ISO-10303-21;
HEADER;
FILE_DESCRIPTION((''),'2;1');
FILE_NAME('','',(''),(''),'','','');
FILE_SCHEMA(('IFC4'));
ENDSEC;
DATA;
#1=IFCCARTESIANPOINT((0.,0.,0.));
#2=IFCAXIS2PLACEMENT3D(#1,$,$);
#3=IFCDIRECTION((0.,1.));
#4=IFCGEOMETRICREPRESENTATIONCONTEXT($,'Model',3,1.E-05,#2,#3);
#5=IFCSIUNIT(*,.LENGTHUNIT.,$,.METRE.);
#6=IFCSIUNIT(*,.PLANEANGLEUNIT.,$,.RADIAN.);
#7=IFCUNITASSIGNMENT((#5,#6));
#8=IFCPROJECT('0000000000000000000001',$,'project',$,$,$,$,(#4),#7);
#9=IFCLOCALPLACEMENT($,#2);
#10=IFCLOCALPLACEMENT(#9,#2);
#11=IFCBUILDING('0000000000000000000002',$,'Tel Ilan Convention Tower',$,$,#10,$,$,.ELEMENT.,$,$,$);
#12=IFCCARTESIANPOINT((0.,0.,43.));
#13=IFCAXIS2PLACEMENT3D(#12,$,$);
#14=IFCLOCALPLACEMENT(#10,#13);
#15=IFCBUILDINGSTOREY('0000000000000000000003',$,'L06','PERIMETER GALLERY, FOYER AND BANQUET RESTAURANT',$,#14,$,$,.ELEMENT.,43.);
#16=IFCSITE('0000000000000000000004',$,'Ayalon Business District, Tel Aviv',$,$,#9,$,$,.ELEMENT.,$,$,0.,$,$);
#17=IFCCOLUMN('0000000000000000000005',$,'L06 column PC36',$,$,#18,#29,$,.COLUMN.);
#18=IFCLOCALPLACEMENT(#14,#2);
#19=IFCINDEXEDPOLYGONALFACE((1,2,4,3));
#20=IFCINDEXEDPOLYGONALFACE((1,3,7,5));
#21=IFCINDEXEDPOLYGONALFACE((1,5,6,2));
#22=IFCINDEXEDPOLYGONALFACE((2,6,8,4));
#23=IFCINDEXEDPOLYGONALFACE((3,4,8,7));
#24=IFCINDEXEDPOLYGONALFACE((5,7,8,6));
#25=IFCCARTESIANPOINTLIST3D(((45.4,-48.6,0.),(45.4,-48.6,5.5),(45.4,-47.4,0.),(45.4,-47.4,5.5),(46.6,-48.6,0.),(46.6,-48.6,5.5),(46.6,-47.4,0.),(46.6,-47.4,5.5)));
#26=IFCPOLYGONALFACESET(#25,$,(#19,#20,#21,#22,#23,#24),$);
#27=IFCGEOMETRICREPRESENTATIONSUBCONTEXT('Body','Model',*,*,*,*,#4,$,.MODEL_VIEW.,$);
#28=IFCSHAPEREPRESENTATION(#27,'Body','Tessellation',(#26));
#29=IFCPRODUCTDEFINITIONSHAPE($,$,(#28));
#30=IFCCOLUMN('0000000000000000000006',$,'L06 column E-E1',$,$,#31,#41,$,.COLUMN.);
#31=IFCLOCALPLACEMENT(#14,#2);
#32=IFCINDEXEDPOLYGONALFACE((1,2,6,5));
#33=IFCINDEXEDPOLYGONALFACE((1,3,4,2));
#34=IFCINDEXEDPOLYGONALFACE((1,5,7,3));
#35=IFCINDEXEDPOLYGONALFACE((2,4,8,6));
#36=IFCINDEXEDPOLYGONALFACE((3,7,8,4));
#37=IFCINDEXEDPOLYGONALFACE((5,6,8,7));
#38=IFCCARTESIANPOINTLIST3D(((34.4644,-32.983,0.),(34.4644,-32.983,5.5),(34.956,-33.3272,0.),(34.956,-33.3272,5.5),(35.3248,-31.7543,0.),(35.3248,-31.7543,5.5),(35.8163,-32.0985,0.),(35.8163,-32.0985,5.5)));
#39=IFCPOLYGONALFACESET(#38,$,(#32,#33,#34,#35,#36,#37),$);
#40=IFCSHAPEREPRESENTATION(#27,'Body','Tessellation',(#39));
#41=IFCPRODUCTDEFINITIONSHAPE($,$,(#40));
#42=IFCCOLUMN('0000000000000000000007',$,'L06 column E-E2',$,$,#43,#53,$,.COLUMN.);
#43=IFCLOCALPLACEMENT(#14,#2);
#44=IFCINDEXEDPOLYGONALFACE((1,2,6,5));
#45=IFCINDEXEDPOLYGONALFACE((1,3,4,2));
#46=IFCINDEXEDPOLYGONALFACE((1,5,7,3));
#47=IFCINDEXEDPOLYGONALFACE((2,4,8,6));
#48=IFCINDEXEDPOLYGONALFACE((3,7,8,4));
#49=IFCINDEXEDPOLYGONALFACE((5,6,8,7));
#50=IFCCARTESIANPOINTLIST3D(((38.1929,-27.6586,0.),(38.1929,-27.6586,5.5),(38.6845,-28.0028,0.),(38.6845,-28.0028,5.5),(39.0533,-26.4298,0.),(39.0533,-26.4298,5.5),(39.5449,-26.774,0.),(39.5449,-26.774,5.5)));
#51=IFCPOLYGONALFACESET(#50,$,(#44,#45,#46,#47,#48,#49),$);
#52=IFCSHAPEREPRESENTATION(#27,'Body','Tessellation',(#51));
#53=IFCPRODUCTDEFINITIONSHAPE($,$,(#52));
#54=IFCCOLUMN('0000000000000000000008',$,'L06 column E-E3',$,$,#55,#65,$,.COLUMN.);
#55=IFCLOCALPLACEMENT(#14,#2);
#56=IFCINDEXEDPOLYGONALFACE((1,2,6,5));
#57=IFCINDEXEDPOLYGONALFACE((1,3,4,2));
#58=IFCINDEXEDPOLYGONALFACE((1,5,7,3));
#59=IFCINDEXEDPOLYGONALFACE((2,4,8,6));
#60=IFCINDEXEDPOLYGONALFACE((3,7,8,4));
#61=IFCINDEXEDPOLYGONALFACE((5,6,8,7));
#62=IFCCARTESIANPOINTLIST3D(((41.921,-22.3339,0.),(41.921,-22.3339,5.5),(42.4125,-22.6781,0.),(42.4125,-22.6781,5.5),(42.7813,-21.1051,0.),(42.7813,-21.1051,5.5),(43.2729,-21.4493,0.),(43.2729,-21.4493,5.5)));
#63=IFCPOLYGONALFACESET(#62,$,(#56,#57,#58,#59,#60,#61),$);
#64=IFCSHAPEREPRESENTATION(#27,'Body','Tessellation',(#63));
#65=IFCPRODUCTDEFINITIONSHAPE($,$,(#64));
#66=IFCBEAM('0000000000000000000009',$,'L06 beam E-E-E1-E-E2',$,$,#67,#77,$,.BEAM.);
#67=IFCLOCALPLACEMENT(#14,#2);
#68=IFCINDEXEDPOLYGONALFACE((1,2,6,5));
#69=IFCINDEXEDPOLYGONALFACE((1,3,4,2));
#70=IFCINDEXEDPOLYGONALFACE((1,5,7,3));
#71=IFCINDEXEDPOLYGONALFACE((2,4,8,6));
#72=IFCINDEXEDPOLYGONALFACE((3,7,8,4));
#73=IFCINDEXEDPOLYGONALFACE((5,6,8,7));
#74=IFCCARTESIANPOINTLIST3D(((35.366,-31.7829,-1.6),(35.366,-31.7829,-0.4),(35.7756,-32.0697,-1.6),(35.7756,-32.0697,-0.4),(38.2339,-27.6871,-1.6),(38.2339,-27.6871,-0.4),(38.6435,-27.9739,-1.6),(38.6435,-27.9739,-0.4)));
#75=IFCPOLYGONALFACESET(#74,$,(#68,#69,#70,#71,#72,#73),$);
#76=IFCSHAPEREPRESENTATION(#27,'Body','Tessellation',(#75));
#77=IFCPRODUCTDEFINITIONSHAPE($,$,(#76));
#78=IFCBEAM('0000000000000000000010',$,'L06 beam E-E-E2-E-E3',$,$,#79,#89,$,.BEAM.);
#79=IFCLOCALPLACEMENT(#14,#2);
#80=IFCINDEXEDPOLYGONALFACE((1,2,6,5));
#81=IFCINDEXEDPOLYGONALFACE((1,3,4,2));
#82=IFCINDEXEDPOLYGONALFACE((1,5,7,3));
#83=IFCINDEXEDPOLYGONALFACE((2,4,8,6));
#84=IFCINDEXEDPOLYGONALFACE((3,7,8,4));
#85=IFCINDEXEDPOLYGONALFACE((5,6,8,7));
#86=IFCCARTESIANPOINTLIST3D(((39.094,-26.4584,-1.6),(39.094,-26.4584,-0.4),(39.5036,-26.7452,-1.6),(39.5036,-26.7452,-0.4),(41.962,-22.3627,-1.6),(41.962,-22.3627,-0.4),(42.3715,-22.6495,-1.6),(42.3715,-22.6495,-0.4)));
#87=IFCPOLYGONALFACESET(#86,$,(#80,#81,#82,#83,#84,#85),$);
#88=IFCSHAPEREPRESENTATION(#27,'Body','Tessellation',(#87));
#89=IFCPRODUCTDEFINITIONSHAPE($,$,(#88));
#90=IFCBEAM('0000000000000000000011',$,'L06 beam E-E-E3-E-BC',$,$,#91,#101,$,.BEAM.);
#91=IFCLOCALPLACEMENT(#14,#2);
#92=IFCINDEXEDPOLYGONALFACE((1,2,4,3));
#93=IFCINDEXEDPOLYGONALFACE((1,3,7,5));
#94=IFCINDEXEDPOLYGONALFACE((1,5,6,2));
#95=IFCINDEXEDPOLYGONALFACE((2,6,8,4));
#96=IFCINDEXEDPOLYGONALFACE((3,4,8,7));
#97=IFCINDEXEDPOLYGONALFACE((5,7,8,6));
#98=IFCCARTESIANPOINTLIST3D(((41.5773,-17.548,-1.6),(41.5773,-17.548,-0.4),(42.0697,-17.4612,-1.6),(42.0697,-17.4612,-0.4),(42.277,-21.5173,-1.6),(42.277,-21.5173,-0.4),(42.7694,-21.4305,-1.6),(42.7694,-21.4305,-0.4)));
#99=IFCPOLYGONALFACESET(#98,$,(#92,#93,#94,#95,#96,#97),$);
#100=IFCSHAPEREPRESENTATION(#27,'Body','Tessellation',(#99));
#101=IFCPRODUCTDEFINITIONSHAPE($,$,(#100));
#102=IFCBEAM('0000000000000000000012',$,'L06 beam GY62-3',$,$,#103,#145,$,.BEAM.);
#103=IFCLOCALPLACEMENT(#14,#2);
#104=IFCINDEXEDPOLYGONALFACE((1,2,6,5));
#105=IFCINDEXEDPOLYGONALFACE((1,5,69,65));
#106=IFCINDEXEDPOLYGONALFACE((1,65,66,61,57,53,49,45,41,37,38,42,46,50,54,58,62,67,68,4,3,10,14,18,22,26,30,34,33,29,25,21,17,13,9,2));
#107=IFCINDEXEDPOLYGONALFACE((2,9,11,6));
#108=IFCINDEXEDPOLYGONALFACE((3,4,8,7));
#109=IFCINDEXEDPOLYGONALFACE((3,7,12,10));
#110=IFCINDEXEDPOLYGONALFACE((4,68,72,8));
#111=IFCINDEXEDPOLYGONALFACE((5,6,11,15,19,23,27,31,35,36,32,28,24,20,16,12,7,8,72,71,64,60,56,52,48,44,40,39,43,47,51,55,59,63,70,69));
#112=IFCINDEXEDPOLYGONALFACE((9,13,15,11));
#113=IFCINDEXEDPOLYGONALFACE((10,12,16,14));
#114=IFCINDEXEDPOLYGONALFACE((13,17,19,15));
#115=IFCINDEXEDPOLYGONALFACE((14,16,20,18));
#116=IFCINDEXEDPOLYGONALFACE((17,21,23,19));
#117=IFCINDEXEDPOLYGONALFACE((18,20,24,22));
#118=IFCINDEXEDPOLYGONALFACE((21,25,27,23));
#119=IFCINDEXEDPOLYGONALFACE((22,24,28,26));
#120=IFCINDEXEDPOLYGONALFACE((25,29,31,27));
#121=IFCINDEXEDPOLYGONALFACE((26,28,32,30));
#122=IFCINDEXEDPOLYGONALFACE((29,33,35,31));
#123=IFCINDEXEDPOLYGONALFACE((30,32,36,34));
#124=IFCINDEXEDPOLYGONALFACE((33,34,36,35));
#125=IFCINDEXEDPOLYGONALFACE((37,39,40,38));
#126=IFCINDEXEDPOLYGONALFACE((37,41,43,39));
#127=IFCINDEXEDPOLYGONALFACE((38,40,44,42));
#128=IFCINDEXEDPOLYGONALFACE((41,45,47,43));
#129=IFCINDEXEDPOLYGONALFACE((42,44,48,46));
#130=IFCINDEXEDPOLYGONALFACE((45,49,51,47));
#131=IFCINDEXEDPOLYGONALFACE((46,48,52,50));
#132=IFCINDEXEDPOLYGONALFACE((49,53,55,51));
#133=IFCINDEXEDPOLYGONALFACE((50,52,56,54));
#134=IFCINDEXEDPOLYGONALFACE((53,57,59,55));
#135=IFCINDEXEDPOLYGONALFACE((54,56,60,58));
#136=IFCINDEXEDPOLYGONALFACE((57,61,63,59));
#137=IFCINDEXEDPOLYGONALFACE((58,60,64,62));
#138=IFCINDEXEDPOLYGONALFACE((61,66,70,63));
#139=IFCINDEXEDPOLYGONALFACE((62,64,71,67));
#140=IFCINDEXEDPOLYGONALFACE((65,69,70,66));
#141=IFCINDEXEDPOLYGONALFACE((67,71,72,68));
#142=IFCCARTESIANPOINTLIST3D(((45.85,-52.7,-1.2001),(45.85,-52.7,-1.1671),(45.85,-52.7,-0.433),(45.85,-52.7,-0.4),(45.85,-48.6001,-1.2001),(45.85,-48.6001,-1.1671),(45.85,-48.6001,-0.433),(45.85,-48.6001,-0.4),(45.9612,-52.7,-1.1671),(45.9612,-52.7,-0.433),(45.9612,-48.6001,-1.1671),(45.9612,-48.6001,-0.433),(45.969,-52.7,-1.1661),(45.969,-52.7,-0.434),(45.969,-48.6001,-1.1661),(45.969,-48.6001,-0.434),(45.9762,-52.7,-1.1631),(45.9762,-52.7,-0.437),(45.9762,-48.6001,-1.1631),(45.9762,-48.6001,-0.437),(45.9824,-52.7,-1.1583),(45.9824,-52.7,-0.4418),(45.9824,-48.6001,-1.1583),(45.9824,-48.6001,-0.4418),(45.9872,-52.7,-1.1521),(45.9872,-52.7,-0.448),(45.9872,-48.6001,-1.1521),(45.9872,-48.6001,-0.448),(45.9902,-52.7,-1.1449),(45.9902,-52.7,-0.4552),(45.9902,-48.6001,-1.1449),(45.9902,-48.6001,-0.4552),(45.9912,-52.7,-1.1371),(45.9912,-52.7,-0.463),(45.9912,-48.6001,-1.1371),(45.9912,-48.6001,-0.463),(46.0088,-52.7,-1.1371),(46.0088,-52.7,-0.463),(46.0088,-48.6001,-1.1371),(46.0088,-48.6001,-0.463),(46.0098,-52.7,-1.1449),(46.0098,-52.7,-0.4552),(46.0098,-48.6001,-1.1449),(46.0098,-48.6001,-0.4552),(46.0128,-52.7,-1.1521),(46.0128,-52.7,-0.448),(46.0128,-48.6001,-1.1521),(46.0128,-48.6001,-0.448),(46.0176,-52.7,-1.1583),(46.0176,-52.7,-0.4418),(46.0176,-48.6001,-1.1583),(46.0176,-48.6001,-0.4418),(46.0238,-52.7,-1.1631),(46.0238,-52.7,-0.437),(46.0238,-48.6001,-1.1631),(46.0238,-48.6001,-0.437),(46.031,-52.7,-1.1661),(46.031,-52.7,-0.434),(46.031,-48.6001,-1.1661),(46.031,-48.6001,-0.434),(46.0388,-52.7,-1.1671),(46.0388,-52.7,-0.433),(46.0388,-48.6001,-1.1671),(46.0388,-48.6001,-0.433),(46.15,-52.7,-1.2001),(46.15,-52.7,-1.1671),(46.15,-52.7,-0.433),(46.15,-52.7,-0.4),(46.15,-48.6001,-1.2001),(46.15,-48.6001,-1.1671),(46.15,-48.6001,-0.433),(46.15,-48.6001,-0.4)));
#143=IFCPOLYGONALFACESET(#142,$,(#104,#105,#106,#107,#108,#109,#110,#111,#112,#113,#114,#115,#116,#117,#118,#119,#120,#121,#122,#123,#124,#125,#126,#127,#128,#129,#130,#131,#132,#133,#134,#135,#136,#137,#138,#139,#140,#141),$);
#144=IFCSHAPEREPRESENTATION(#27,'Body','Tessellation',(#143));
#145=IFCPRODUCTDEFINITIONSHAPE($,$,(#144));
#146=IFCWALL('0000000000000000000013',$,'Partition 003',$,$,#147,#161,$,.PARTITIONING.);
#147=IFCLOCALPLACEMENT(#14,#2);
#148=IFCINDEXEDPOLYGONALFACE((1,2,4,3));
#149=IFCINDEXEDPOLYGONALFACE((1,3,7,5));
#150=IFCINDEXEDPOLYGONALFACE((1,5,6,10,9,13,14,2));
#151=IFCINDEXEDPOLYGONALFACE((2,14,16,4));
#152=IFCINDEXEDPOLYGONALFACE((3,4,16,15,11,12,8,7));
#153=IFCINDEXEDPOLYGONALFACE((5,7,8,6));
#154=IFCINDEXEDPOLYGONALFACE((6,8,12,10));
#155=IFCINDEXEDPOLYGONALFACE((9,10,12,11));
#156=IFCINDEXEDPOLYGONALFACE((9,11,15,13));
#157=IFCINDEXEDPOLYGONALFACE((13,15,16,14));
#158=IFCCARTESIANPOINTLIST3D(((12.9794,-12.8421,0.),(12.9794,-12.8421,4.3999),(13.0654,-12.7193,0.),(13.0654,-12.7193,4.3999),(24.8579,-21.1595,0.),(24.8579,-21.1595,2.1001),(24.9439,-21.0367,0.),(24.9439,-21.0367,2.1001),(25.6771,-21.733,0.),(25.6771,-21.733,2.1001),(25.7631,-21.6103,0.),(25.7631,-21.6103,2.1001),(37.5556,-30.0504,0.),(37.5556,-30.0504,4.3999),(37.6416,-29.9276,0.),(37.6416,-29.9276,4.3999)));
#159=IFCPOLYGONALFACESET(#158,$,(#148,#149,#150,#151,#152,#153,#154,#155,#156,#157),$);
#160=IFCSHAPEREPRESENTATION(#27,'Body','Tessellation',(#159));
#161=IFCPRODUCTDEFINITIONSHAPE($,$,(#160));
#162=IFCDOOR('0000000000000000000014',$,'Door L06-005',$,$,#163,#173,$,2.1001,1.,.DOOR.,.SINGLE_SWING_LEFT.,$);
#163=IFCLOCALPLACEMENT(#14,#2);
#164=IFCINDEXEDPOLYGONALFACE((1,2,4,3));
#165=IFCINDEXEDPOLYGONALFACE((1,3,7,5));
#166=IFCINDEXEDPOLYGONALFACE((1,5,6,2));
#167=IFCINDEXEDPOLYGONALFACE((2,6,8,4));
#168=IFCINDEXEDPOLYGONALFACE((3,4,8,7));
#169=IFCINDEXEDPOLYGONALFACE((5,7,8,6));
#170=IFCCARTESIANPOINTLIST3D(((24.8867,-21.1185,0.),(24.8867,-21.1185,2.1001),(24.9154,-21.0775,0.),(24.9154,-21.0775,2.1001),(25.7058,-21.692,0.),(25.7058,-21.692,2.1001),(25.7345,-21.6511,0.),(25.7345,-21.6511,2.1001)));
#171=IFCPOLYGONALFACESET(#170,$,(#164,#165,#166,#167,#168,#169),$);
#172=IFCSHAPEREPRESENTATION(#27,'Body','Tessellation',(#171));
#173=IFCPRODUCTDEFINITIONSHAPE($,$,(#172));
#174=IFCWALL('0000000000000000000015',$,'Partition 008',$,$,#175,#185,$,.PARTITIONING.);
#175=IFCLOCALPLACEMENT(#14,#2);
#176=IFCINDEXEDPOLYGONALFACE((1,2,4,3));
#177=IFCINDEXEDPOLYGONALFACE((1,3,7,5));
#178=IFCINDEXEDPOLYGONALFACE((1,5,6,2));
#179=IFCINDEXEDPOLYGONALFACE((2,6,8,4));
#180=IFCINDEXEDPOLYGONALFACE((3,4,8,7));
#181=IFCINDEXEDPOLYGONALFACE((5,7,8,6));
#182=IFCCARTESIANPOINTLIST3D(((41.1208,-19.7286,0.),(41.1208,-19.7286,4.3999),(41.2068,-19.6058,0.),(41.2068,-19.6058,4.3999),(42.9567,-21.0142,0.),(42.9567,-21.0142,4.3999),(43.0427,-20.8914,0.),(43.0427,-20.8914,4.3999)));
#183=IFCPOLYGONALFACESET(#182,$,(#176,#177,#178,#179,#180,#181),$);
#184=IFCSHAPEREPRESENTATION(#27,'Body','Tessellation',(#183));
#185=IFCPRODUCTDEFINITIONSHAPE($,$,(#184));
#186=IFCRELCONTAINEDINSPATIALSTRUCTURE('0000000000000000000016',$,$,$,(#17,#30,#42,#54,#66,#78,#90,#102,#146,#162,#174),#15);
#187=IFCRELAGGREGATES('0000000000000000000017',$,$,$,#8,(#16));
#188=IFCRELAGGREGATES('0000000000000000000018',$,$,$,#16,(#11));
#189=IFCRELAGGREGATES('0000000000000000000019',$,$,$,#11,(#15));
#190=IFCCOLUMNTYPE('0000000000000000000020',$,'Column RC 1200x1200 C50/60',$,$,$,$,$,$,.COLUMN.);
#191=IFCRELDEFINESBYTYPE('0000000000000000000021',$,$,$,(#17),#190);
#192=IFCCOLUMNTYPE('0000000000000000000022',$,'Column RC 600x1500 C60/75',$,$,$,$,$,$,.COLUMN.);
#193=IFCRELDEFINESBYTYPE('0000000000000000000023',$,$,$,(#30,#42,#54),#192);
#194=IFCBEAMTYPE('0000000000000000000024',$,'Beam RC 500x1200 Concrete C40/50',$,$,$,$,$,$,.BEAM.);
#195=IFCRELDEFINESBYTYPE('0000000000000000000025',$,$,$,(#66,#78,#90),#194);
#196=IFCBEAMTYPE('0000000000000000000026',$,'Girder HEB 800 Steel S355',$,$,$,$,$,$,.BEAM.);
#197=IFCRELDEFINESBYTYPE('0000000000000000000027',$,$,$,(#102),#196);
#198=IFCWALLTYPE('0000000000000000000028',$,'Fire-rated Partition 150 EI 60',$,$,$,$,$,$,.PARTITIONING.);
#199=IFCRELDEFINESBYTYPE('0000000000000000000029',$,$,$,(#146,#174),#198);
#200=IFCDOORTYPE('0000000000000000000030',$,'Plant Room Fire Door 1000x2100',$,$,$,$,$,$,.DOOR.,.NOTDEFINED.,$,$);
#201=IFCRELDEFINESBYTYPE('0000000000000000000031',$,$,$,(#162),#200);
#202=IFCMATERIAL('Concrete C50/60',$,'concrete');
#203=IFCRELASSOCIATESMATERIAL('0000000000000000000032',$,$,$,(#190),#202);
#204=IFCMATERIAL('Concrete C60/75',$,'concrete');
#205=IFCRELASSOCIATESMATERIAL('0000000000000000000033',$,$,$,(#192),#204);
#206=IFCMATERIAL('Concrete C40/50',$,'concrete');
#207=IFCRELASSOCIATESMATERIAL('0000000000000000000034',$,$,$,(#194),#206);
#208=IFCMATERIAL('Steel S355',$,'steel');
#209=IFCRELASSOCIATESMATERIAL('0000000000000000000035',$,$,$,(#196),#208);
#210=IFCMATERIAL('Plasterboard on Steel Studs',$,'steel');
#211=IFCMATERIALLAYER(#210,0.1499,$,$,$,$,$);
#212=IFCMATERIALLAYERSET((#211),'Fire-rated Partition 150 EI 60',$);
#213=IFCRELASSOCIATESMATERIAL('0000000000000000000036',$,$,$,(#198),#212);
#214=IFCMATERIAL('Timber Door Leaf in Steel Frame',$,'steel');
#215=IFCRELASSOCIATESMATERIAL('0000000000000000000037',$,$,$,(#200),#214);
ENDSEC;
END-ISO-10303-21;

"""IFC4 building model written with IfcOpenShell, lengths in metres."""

from ifc_helpers import new_model, si_unit, direction, frame, frame_2d, origin, origin_2d, place, context, subcontext, project, spatial, rectangle, i_section, extrude, material, layer, layer_set, material_profile, profile_set, type_object, element, fill, save


model = new_model("IFC4")

# Units and contexts
model_context = context("Model", 3, precision=1e-05, world=origin(), true_north=direction((0.0, 1.0)))
body_context = subcontext(model_context, "Body", "Model", "MODEL_VIEW")
ifc_project = project(units=[si_unit("LENGTHUNIT", "METRE"), si_unit("PLANEANGLEUNIT", "RADIAN")], contexts=[model_context])

# Site, building, storey
site_placement = place(None, origin())
site = spatial("IfcSite", under=ifc_project, at=site_placement, Name="Ayalon Business District, Tel Aviv", CompositionType="ELEMENT", RefElevation=0.0)
building_placement = place(site_placement, origin())
building = spatial("IfcBuilding", under=site, at=building_placement, Name="Tel Ilan Convention Tower", CompositionType="ELEMENT")
storey_placement = place(building_placement, frame((0.0, 0.0, 43.0)))
storey = spatial("IfcBuildingStorey", under=building, at=storey_placement, Name="L06", Description="PERIMETER GALLERY, FOYER AND BANQUET RESTAURANT", CompositionType="ELEMENT", Elevation=43.0)

# Columns
ifc_material_1 = material(Name="Concrete C50/60", Category="concrete")
ifc_material_profile_1 = material_profile(ifc_material_1, rectangle(XDim=1.2, YDim=1.2, at=origin_2d()), Name="RC 1200x1200")
ifc_profile_set_1 = profile_set([ifc_material_profile_1], Name="Concrete C50/60")
column_type_1 = type_object("IfcColumnType", Name="Column RC 1200x1200 C50/60", PredefinedType="COLUMN", material=ifc_profile_set_1)
column_placement = place(storey_placement, frame((46.0, -48.0, 0.0), z_axis=(0.0, 0.0, 1.0), x_axis=(1.0, 0.0, 0.0)))
element("IfcColumn", 1, at=column_placement, inside=storey, type_object=column_type_1, Name="L06 column PC36", PredefinedType="COLUMN", context=body_context, shape_type="SweptSolid", body=[
    extrude(rectangle(XDim=1.2, YDim=1.2, at=origin_2d()), origin(), (0.0, 0.0, 1.0), 5.5),
])
ifc_material_2 = material(Name="Concrete C60/75", Category="concrete")
ifc_material_profile_2 = material_profile(ifc_material_2, rectangle(XDim=1.5, YDim=0.6001, at=origin_2d()), Name="RC 600x1500")
ifc_profile_set_2 = profile_set([ifc_material_profile_2], Name="Concrete C60/75")
column_type_2 = type_object("IfcColumnType", Name="Column RC 600x1500 C60/75", PredefinedType="COLUMN", material=ifc_profile_set_2)
for number, where, z_axis, x_axis, name in (
    (2, (35.1404, -32.5408, 0.0), (0.0, 0.0, 1.0), (0.573576, 0.819152, 0.0), "L06 column E-E1"),
    (3, (38.8689, -27.2163, 0.0), (0.0, 0.0, 1.0), (0.573576, 0.819152, 0.0), "L06 column E-E2"),
    (4, (42.5969, -21.8916, 0.0), (0.0, 0.0, 1.0), (0.573576, 0.819152, 0.0), "L06 column E-E3"),
):
    element("IfcColumn", number, at=place(storey_placement, frame(where, z_axis=z_axis, x_axis=x_axis)), inside=storey, type_object=column_type_2, Name=name, PredefinedType="COLUMN", context=body_context, shape_type="SweptSolid", body=[
        extrude(rectangle(XDim=1.5, YDim=0.6001, at=origin_2d()), origin(), (0.0, 0.0, 1.0), 5.5),
    ])

# Beams
ifc_material_3 = material(Name="Concrete C40/50", Category="concrete")
ifc_material_profile_3 = material_profile(ifc_material_3, rectangle(XDim=0.5, YDim=1.2, at=origin_2d()), Name="RC 500x1200")
ifc_profile_set_3 = profile_set([ifc_material_profile_3], Name="Concrete C40/50")
beam_type_1 = type_object("IfcBeamType", Name="Beam RC 500x1200 Concrete C40/50", PredefinedType="BEAM", material=ifc_profile_set_3)
for number, where, z_axis, x_axis, name in (
    (5, (35.5708, -31.9263, -1.0), (0.573587, 0.819145, 0.0), (-0.819145, 0.573587, 0.0), "L06 beam E-E-E1-E-E2"),
    (6, (39.2988, -26.6018, -1.0), (0.573587, 0.819145, 0.0), (-0.819145, 0.573587, 0.0), "L06 beam E-E-E2-E-E3"),
):
    element("IfcBeam", number, at=place(storey_placement, frame(where, z_axis=z_axis, x_axis=x_axis)), inside=storey, type_object=beam_type_1, Name=name, PredefinedType="BEAM", context=body_context, shape_type="SweptSolid", body=[
        extrude(rectangle(XDim=0.5, YDim=1.2, at=origin_2d()), origin(), (0.0, 0.0, 1.0), 5.0),
    ])
beam_1_placement = place(storey_placement, frame((42.5232, -21.4739, -1.0), z_axis=(-0.173606, 0.984815, 0.0), x_axis=(-0.984815, -0.173606, 0.0)))
element("IfcBeam", 7, at=beam_1_placement, inside=storey, type_object=beam_type_1, Name="L06 beam E-E-E3-E-BC", PredefinedType="BEAM", context=body_context, shape_type="SweptSolid", body=[
    extrude(rectangle(XDim=0.5, YDim=1.2, at=origin_2d()), origin(), (0.0, 0.0, 1.0), 4.0305),
])
ifc_material_4 = material(Name="Steel S355", Category="steel")
ifc_material_profile_4 = material_profile(ifc_material_4, i_section(OverallWidth=0.3, OverallDepth=0.8, WebThickness=0.0176, FlangeThickness=0.033, FilletRadius=0.03, at=origin_2d()), Name="HEB 800")
ifc_profile_set_4 = profile_set([ifc_material_profile_4], Name="Steel S355")
beam_type_2 = type_object("IfcBeamType", Name="Girder HEB 800 Steel S355", PredefinedType="BEAM", material=ifc_profile_set_4)
beam_2_placement = place(storey_placement, frame((46.0, -52.7, -0.8), z_axis=(0.0, 1.0, 0.0), x_axis=(-1.0, 0.0, 0.0)))
element("IfcBeam", 8, at=beam_2_placement, inside=storey, type_object=beam_type_2, Name="L06 beam GY62-3", PredefinedType="BEAM", context=body_context, shape_type="SweptSolid", body=[
    extrude(i_section(OverallWidth=0.3, OverallDepth=0.8, WebThickness=0.0176, FlangeThickness=0.033, FilletRadius=0.03, at=origin_2d()), origin(), (0.0, 0.0, 1.0), 4.0999),
])

# Wall, opening, door
ifc_material_5 = material(Name="Plasterboard on Steel Studs", Category="steel")
ifc_layer_1 = layer(ifc_material_5, 0.1499)
ifc_layer_set_1 = layer_set([ifc_layer_1], Name="Fire-rated Partition 150 EI 60")
wall_type_1 = type_object("IfcWallType", Name="Fire-rated Partition 150 EI 60", PredefinedType="PARTITIONING", material=ifc_layer_set_1)
wall_1_placement = place(storey_placement, frame((37.5986, -29.989, 0.0), z_axis=(0.0, 0.0, 1.0), x_axis=(-0.819155, 0.573573, 0.0)))
wall_1 = element("IfcWall", 9, at=wall_1_placement, inside=storey, type_object=wall_type_1, Name="Partition 003", PredefinedType="PARTITIONING", context=body_context, shape_type="SweptSolid", body=[
    extrude(rectangle(XDim=30.002, YDim=0.1499, at=frame_2d((15.001, 0.0))), origin(), (0.0, 0.0, 1.0), 4.3999),
])
opening_1_placement = place(wall_1_placement, frame((14.501, 0.0, 0.0)))
opening_1 = element("IfcOpeningElement", 10, at=opening_1_placement, cuts=wall_1, PredefinedType="OPENING", context=body_context, shape_type="SweptSolid", body=[
    extrude(rectangle(XDim=1.0, YDim=2.1001, at=frame_2d((0.5, 1.05))), frame((0.0, 0.085, 0.0), z_axis=(0.0, -1.0, 0.0), x_axis=(1.0, 0.0, 0.0)), (0.0, 0.0, 1.0), 0.1699),
])
ifc_material_6 = material(Name="Timber Door Leaf in Steel Frame", Category="steel")
door_type_1 = type_object("IfcDoorType", Name="Plant Room Fire Door 1000x2100", OperationType="NOTDEFINED", PredefinedType="DOOR", material=ifc_material_6)
door_1_placement = place(opening_1_placement, origin())
door_1 = element("IfcDoor", 11, at=door_1_placement, inside=storey, type_object=door_type_1, Name="Door L06-005", OperationType="SINGLE_SWING_LEFT", OverallHeight=2.1001, OverallWidth=1.0, PredefinedType="DOOR", context=body_context, shape_type="SweptSolid", body=[
    extrude(rectangle(XDim=1.0, YDim=2.1001, at=frame_2d((0.5, 1.05))), frame((0.0, 0.0249, 0.0), z_axis=(0.0, -1.0, 0.0), x_axis=(1.0, 0.0, 0.0)), (0.0, 0.0, 1.0), 0.05),
])
fill(opening_1, door_1)

# Wall
wall_2_placement = place(storey_placement, frame((41.1638, -19.6672, 0.0), z_axis=(0.0, 0.0, 1.0), x_axis=(0.81913, -0.573609, 0.0)))
element("IfcWall", 12, at=wall_2_placement, inside=storey, type_object=wall_type_1, Name="Partition 008", PredefinedType="PARTITIONING", context=body_context, shape_type="SweptSolid", body=[
    extrude(rectangle(XDim=2.2412, YDim=0.1499, at=frame_2d((1.1206, 0.0))), origin(), (0.0, 0.0, 1.0), 4.3999),
])

save(model, "model.ifc")
